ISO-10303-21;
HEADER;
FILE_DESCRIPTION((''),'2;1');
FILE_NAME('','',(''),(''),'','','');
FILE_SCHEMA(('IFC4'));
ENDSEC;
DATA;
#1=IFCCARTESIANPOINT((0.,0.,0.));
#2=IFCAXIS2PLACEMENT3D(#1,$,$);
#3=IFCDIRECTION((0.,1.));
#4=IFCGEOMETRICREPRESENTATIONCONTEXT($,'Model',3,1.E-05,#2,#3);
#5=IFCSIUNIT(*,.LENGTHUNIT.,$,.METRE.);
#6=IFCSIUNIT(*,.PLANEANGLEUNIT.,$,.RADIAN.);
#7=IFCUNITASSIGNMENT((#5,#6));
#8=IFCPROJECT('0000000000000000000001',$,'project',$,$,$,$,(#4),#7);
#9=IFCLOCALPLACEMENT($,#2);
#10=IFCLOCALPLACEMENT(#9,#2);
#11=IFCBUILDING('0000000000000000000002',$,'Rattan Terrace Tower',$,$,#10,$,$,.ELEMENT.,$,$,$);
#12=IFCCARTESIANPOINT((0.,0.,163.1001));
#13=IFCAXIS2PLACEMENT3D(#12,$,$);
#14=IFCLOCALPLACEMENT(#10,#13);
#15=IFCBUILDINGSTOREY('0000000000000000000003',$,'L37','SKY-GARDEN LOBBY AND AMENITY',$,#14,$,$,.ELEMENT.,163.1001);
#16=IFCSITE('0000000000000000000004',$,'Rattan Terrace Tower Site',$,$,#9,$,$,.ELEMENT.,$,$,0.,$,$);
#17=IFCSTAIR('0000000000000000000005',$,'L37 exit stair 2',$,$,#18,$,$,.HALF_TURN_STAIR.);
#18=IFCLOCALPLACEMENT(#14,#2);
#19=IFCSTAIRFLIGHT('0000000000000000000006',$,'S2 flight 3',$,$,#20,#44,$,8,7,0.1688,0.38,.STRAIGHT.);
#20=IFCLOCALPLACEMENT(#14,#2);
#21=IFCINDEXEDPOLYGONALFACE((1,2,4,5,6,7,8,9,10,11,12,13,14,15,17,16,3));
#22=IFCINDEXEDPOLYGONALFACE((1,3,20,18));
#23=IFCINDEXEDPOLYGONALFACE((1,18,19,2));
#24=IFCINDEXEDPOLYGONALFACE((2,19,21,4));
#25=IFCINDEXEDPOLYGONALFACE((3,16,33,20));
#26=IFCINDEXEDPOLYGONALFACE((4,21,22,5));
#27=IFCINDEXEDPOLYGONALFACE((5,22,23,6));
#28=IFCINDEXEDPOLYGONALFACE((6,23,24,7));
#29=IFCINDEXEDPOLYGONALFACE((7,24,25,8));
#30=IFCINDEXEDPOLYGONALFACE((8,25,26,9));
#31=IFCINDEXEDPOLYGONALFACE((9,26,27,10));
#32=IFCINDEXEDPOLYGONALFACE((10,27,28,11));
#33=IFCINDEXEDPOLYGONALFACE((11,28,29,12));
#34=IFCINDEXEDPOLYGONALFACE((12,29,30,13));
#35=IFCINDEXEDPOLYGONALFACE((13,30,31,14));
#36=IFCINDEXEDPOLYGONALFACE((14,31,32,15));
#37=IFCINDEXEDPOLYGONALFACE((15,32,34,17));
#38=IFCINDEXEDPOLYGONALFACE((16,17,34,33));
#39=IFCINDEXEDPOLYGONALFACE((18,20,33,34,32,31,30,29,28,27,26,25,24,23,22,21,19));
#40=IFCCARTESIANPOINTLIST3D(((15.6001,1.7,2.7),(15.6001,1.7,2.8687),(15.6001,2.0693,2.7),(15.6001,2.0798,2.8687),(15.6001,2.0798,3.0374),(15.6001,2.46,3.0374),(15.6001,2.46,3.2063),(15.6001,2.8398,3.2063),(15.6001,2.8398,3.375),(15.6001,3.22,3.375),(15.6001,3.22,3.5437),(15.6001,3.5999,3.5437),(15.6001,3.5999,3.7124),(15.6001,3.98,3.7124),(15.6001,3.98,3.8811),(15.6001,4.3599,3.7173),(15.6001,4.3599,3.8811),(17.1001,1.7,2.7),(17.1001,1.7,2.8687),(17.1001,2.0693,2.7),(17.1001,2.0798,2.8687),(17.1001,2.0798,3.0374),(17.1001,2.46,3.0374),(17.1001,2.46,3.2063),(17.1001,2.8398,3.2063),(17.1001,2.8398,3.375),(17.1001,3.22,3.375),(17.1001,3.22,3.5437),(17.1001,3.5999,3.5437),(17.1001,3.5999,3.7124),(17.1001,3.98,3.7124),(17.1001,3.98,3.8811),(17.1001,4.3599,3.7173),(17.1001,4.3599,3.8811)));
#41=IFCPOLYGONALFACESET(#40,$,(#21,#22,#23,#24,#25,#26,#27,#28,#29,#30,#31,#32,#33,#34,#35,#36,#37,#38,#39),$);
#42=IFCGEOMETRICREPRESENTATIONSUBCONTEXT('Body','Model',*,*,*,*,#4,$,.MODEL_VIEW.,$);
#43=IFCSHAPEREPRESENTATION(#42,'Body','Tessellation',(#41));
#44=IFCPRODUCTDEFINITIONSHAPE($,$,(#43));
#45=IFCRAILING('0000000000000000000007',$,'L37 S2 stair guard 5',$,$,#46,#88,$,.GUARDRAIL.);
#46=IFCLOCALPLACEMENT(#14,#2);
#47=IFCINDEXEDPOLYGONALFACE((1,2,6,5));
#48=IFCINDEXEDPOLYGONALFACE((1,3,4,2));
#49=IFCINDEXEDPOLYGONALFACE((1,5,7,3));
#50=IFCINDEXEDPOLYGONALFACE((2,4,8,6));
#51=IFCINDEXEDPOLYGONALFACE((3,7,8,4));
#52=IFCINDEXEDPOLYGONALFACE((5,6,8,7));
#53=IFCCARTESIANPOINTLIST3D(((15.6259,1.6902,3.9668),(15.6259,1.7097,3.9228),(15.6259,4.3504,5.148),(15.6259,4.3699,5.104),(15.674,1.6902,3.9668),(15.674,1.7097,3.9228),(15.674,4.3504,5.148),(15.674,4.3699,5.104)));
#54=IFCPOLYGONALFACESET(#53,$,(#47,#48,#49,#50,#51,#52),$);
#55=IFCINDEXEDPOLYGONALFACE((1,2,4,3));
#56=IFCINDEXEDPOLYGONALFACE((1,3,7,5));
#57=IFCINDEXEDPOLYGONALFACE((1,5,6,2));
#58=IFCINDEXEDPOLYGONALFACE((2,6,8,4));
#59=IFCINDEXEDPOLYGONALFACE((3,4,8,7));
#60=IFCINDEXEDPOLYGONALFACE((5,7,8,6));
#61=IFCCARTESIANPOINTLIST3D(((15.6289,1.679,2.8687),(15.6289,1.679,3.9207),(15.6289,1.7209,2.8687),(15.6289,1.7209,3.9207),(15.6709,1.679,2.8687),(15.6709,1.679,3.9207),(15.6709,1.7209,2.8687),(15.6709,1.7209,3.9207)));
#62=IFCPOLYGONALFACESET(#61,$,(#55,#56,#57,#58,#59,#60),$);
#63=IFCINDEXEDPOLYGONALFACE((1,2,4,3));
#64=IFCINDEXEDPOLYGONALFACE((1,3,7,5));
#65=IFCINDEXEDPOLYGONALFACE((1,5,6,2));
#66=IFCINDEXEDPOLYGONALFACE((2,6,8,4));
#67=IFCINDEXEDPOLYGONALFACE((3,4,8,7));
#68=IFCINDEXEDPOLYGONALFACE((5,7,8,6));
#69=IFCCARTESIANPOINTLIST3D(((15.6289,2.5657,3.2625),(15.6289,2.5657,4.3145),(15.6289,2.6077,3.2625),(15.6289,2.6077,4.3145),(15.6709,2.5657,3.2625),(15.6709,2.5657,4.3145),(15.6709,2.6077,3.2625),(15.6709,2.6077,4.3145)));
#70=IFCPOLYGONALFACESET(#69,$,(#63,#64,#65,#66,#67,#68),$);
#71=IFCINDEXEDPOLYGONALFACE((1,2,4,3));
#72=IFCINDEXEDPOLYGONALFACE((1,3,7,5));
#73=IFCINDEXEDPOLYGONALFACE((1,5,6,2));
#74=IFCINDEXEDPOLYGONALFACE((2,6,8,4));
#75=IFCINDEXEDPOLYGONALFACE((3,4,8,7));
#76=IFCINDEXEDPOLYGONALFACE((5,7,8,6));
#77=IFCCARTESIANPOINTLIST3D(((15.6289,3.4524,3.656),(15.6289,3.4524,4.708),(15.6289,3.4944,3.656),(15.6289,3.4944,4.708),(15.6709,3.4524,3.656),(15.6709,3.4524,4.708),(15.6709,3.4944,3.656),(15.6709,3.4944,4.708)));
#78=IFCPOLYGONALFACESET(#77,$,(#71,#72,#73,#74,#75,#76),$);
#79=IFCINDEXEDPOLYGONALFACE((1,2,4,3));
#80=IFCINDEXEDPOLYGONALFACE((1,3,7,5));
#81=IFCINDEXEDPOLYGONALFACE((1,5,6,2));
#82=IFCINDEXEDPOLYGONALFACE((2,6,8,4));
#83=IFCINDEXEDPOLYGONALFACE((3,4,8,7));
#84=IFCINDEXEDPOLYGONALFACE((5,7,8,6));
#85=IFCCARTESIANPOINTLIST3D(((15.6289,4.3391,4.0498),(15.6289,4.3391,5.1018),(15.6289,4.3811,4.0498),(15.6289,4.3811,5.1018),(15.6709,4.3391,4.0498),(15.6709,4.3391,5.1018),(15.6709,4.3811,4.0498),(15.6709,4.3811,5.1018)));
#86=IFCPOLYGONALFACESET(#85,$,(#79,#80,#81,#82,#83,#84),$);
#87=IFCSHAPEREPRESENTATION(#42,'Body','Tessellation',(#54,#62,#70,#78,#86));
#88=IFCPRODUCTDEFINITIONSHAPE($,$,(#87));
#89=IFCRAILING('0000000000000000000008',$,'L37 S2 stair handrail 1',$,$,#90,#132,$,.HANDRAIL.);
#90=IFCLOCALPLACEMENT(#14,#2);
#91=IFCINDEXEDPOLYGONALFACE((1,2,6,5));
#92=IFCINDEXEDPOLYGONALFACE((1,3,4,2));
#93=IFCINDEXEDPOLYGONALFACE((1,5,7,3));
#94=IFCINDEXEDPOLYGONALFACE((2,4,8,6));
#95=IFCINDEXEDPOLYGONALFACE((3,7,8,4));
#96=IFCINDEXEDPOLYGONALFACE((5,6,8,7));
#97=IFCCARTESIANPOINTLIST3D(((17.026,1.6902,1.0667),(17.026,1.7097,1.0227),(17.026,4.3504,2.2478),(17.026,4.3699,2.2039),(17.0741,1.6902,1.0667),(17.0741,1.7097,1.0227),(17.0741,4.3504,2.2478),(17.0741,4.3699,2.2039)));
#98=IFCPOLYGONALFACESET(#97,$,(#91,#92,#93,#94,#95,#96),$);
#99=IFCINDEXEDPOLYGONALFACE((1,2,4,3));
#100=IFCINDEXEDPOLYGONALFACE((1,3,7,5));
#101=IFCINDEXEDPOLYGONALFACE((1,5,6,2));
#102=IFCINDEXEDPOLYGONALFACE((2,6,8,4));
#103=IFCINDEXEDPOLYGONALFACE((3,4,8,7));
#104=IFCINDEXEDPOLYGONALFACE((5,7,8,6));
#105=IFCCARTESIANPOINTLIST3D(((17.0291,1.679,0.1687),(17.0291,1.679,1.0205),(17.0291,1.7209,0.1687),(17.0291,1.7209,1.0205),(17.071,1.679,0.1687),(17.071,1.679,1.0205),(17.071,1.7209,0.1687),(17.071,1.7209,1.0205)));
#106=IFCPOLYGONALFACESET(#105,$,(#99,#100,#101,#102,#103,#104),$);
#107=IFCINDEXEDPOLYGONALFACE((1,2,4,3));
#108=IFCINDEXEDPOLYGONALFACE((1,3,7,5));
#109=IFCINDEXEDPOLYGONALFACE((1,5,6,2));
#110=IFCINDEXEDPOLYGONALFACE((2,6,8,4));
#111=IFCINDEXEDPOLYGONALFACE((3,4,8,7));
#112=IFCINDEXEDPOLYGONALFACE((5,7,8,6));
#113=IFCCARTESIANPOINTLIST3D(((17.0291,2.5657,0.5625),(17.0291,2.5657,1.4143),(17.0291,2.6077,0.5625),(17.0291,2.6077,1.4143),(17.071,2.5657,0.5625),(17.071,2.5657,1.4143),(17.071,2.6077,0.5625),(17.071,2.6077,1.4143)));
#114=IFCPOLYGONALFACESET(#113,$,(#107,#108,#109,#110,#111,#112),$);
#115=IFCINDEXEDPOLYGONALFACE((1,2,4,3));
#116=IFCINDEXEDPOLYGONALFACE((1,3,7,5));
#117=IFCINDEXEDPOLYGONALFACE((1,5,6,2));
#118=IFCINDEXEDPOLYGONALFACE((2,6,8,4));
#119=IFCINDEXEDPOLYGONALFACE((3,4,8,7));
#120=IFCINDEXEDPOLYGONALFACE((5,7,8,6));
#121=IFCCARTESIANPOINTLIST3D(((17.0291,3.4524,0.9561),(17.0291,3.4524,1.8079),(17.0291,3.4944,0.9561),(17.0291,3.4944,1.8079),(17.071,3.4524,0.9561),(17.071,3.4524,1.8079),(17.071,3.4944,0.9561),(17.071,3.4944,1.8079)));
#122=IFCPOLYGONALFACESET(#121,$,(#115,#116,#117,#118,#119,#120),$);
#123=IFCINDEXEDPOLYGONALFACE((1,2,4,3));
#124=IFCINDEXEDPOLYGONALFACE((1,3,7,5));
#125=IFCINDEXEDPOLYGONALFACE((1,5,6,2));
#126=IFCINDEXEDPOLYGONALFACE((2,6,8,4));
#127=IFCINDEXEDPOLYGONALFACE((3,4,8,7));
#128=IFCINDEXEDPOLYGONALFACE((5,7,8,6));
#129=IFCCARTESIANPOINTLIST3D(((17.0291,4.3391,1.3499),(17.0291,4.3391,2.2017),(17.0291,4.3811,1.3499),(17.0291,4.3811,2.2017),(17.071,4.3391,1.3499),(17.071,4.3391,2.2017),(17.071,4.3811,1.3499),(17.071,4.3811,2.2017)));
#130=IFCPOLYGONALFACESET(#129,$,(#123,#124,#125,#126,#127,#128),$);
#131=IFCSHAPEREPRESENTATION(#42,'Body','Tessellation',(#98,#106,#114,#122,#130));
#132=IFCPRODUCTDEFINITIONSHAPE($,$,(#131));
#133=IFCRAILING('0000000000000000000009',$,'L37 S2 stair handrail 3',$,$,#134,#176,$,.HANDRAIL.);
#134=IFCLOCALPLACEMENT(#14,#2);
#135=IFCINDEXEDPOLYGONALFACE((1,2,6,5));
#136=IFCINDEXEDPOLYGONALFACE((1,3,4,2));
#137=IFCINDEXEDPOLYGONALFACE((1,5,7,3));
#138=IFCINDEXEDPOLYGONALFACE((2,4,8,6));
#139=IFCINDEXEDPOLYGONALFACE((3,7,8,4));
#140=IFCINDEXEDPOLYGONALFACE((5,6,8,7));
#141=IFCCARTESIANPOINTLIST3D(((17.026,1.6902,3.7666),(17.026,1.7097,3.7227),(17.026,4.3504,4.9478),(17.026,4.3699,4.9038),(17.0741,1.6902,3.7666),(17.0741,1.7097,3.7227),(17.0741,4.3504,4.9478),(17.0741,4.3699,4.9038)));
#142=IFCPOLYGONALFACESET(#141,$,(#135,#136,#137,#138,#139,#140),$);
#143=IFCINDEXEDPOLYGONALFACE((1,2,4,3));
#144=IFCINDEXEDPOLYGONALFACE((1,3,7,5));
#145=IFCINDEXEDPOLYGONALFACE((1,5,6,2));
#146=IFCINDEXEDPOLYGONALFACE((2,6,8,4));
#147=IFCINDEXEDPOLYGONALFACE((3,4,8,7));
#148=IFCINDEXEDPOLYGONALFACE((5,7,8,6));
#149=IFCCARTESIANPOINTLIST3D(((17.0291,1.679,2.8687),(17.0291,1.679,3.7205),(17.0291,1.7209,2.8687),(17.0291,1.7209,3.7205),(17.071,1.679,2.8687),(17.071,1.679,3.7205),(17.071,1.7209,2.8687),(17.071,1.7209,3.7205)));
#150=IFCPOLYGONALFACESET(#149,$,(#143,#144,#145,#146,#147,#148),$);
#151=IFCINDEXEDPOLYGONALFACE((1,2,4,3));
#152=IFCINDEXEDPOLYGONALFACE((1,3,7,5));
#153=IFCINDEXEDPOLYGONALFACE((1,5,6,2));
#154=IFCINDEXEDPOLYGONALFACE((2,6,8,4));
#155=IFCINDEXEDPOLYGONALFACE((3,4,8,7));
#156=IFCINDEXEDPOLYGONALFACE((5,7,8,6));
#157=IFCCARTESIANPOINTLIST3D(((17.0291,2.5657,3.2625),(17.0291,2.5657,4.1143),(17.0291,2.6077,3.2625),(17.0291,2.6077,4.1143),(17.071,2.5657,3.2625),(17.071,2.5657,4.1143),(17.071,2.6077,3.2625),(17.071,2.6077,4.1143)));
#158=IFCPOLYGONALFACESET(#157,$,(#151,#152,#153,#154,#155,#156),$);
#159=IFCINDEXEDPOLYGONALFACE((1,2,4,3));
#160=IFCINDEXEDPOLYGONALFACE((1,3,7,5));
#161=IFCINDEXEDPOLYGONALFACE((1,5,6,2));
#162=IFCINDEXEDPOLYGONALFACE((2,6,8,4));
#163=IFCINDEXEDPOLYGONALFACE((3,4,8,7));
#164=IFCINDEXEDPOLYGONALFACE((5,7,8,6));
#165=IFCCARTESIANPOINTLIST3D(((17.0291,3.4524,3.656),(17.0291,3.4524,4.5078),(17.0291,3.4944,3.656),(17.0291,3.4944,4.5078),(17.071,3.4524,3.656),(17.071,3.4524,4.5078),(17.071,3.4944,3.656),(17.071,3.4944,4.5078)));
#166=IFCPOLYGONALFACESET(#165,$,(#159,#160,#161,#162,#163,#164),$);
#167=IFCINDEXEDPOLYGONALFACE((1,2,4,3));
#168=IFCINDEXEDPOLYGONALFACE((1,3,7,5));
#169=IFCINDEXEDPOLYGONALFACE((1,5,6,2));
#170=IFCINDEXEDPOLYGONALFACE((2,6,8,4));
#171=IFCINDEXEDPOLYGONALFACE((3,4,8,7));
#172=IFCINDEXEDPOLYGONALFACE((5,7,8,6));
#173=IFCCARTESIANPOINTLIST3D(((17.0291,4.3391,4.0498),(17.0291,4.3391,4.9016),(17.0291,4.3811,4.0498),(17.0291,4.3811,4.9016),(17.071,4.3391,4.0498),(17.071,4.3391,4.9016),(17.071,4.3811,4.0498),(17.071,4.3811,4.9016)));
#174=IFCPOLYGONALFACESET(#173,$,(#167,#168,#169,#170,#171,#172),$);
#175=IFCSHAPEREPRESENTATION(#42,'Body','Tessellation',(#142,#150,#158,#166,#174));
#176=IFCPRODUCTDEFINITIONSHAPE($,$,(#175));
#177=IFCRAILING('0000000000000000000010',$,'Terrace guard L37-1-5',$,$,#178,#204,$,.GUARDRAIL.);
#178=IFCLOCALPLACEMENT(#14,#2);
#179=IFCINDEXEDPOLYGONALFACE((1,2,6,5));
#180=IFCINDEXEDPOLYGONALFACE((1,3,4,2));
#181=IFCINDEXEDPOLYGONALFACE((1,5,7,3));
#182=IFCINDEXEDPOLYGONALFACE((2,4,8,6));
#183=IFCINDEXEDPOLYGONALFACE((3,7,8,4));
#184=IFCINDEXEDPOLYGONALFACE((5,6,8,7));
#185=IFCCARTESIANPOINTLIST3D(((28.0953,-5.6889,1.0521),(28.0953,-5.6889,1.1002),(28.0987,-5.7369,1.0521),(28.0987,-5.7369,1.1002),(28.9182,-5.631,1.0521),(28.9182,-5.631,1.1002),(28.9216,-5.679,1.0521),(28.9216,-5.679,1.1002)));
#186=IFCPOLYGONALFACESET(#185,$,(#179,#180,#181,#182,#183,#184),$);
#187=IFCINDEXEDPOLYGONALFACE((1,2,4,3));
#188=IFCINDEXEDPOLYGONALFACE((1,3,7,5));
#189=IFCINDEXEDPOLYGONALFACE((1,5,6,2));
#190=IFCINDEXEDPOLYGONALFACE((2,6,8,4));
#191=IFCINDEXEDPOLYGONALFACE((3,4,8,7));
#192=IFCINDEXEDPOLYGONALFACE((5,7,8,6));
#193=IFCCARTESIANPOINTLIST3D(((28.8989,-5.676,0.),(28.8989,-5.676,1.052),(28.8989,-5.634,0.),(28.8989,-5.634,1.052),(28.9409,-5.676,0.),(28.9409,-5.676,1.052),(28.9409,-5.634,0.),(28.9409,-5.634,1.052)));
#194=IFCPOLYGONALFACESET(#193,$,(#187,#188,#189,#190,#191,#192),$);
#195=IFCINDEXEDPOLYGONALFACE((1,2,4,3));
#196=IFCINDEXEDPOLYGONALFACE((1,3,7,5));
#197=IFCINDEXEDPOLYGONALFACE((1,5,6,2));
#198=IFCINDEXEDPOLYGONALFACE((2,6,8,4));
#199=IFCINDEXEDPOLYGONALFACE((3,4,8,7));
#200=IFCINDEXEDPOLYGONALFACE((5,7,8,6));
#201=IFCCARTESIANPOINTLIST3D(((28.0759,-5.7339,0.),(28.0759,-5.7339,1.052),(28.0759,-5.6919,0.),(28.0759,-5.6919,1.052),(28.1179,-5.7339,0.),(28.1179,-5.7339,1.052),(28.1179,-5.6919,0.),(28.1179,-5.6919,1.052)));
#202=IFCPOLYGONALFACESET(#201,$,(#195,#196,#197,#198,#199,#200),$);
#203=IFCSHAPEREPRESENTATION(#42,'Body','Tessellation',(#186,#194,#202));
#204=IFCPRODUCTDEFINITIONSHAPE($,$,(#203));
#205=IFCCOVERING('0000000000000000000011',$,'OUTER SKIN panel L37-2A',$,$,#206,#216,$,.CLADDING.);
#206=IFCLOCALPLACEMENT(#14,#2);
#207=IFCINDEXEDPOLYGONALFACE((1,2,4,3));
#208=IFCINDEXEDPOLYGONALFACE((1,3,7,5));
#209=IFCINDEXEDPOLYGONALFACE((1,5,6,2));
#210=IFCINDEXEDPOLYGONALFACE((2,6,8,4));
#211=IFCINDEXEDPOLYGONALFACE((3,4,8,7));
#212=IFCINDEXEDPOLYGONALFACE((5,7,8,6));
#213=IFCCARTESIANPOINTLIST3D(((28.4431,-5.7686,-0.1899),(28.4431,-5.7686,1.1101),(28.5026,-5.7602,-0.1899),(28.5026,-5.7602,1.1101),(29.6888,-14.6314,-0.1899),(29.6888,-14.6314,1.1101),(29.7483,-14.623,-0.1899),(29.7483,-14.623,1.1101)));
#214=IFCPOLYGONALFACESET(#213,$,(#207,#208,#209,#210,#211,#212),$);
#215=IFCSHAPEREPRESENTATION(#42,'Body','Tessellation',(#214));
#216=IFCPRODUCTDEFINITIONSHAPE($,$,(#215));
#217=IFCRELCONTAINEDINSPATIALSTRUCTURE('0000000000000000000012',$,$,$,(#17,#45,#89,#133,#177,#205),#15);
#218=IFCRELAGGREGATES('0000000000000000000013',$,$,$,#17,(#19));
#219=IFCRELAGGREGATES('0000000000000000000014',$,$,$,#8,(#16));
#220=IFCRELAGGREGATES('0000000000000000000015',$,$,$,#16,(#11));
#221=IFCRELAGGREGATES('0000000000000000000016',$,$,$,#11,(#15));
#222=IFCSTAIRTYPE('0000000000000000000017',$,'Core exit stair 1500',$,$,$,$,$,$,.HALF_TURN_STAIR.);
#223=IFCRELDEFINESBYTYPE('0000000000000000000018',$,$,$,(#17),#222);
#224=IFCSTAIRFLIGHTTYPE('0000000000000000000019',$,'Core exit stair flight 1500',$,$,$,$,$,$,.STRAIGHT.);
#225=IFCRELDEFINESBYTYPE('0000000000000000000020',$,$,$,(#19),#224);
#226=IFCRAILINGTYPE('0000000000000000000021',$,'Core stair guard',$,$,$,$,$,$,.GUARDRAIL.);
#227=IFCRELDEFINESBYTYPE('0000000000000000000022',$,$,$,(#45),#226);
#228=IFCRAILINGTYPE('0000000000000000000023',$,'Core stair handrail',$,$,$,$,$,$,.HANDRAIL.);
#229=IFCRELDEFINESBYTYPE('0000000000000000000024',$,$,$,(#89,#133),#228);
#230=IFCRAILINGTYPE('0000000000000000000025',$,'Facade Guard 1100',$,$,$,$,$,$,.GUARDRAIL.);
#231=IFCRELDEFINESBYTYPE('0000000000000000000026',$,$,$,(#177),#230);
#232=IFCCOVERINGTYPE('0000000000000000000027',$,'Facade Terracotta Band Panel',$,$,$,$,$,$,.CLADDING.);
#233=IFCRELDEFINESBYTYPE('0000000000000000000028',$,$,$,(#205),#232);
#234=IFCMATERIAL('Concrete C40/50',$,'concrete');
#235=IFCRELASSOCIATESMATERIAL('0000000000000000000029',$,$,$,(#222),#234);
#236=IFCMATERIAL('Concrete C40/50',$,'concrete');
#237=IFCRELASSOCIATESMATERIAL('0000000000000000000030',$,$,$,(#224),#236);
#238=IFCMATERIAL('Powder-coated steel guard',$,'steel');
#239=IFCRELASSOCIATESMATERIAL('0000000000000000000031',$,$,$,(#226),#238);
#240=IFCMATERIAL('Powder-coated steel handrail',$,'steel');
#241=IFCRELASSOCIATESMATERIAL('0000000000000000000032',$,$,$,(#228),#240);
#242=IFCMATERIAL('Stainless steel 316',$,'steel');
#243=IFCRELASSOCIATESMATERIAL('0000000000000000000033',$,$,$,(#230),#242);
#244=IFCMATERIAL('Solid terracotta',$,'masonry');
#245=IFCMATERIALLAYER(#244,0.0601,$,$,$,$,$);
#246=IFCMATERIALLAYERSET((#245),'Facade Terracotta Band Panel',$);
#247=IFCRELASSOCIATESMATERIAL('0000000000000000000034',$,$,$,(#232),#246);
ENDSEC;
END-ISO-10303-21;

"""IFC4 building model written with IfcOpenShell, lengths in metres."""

from ifc_helpers import new_model, si_unit, direction, frame, origin, origin_2d, place, context, subcontext, project, spatial, polyline, rectangle, outline, extrude, material, layer, layer_set, type_object, element, aggregate, save


model = new_model("IFC4")

# Units and contexts
model_context = context("Model", 3, precision=1e-05, world=origin(), true_north=direction((0.0, 1.0)))
body_context = subcontext(model_context, "Body", "Model", "MODEL_VIEW")
ifc_project = project(units=[si_unit("LENGTHUNIT", "METRE"), si_unit("PLANEANGLEUNIT", "RADIAN")], contexts=[model_context])

# Site, building, storey
site_placement = place(None, origin())
site = spatial("IfcSite", under=ifc_project, at=site_placement, Name="Rattan Terrace Tower Site", CompositionType="ELEMENT", RefElevation=0.0)
building_placement = place(site_placement, origin())
building = spatial("IfcBuilding", under=site, at=building_placement, Name="Rattan Terrace Tower", CompositionType="ELEMENT")
storey_placement = place(building_placement, frame((0.0, 0.0, 163.1001)))
storey = spatial("IfcBuildingStorey", under=building, at=storey_placement, Name="L37", Description="SKY-GARDEN LOBBY AND AMENITY", CompositionType="ELEMENT", Elevation=163.1001)

# Stair, stair flight
ifc_material_1 = material(Name="Concrete C40/50", Category="concrete")
stair_type = type_object("IfcStairType", Name="Core exit stair 1500", PredefinedType="HALF_TURN_STAIR", material=ifc_material_1)
stair_placement = place(storey_placement, origin())
stair = element("IfcStair", 1, at=stair_placement, inside=storey, type_object=stair_type, Name="L37 exit stair 2", PredefinedType="HALF_TURN_STAIR")
ifc_material_2 = material(Name="Concrete C40/50", Category="concrete")
stair_flight_type = type_object("IfcStairFlightType", Name="Core exit stair flight 1500", PredefinedType="STRAIGHT", material=ifc_material_2)
stair_flight_1_placement = place(storey_placement, frame((16.3501, 1.7, 2.7), z_axis=(0.0, 0.0, 1.0), x_axis=(0.0, 1.0, 0.0)))
stair_flight_1 = element("IfcStairFlight", 2, at=stair_flight_1_placement, type_object=stair_flight_type, Name="S2 flight 3", NumberOfRisers=8, NumberOfTreads=7, PredefinedType="STRAIGHT", RiserHeight=0.1688, TreadLength=0.38, context=body_context, shape_type="SweptSolid", body=[
    extrude(outline(polyline([(0.0, 0.0), (0.0, 0.1687), (0.3799, 0.1687), (0.3799, 0.3374), (0.76, 0.3374), (0.76, 0.5063), (1.1399, 0.5063), (1.1399, 0.675), (1.52, 0.675), (1.52, 0.8438), (1.8999, 0.8438), (1.8999, 1.0125), (2.28, 1.0125), (2.28, 1.1812), (2.6599, 1.1812), (2.6599, 1.3501), (2.6599, 1.0173), (0.3694, 0.0), (0.0, 0.0)])), frame((0.0, 0.75, 0.0), z_axis=(0.0, -1.0, 0.0), x_axis=(1.0, 0.0, 0.0)), (0.0, 0.0, 1.0), 1.5),
])
aggregate(stair, [stair_flight_1])

# Railings
ifc_material_3 = material(Name="Powder-coated steel guard", Category="steel")
railing_type_1 = type_object("IfcRailingType", Name="Core stair guard", PredefinedType="GUARDRAIL", material=ifc_material_3)
railing_1_placement = place(storey_placement, frame((15.6499, 1.7, 2.8687)))
element("IfcRailing", 3, at=railing_1_placement, inside=storey, type_object=railing_type_1, Name="L37 S2 stair guard 5", PredefinedType="GUARDRAIL", context=body_context, shape_type="SweptSolid", body=[
    extrude(rectangle(XDim=0.0481, YDim=0.0481, at=origin_2d()), frame((0.0, 0.0, 1.0762), z_axis=(0.0, 0.913957, 0.405812), x_axis=(-1.0, 0.0, 0.0)), (0.0, 0.0, 1.0), 2.9106),
    extrude(rectangle(XDim=0.042, YDim=0.042, at=origin_2d()), origin(), (0.0, 0.0, 1.0), 1.052),
    extrude(rectangle(XDim=0.042, YDim=0.042, at=origin_2d()), frame((0.0, 0.8867, 0.3938)), (0.0, 0.0, 1.0), 1.052),
    extrude(rectangle(XDim=0.042, YDim=0.042, at=origin_2d()), frame((0.0, 1.7734, 0.7874)), (0.0, 0.0, 1.0), 1.052),
    extrude(rectangle(XDim=0.042, YDim=0.042, at=origin_2d()), frame((0.0, 2.6602, 1.1812)), (0.0, 0.0, 1.0), 1.052),
])
ifc_material_4 = material(Name="Powder-coated steel handrail", Category="steel")
railing_type_2 = type_object("IfcRailingType", Name="Core stair handrail", PredefinedType="HANDRAIL", material=ifc_material_4)
for number, where, name in (
    (4, (17.05, 1.7, 0.1687), "L37 S2 stair handrail 1"),
    (5, (17.05, 1.7, 2.8687), "L37 S2 stair handrail 3"),
):
    element("IfcRailing", number, at=place(storey_placement, frame(where)), inside=storey, type_object=railing_type_2, Name=name, PredefinedType="HANDRAIL", context=body_context, shape_type="SweptSolid", body=[
        extrude(rectangle(XDim=0.0481, YDim=0.0481, at=origin_2d()), frame((0.0, 0.0, 0.876), z_axis=(0.0, 0.913957, 0.405812), x_axis=(-1.0, 0.0, 0.0)), (0.0, 0.0, 1.0), 2.9106),
        extrude(rectangle(XDim=0.042, YDim=0.042, at=origin_2d()), origin(), (0.0, 0.0, 1.0), 0.8518),
        extrude(rectangle(XDim=0.042, YDim=0.042, at=origin_2d()), frame((0.0, 0.8867, 0.3938)), (0.0, 0.0, 1.0), 0.8518),
        extrude(rectangle(XDim=0.042, YDim=0.042, at=origin_2d()), frame((0.0, 1.7734, 0.7874)), (0.0, 0.0, 1.0), 0.8518),
        extrude(rectangle(XDim=0.042, YDim=0.042, at=origin_2d()), frame((0.0, 2.6602, 1.1812)), (0.0, 0.0, 1.0), 0.8518),
    ])
ifc_material_5 = material(Name="Stainless steel 316", Category="steel")
railing_type_3 = type_object("IfcRailingType", Name="Facade Guard 1100", PredefinedType="GUARDRAIL", material=ifc_material_5)
railing_2_placement = place(storey_placement, frame((28.9199, -5.655, 0.0)))
element("IfcRailing", 6, at=railing_2_placement, inside=storey, type_object=railing_type_3, Name="Terrace guard L37-1-5", PredefinedType="GUARDRAIL", context=body_context, shape_type="SweptSolid", body=[
    extrude(rectangle(XDim=0.0481, YDim=0.0481, at=origin_2d()), frame((0.0, 0.0, 1.0762), z_axis=(-0.997538, -0.070132, 0.0), x_axis=(0.070132, -0.997538, 0.0)), (0.0, 0.0, 1.0), 0.825),
    extrude(rectangle(XDim=0.042, YDim=0.042, at=origin_2d()), origin(), (0.0, 0.0, 1.0), 1.052),
    extrude(rectangle(XDim=0.042, YDim=0.042, at=origin_2d()), frame((-0.823, -0.0579, 0.0)), (0.0, 0.0, 1.0), 1.052),
])

# Covering
ifc_material_6 = material(Name="Solid terracotta", Category="masonry")
ifc_layer_1 = layer(ifc_material_6, 0.0601)
ifc_layer_set_1 = layer_set([ifc_layer_1], Name="Facade Terracotta Band Panel")
covering_type_1 = type_object("IfcCoveringType", Name="Facade Terracotta Band Panel", PredefinedType="CLADDING", material=ifc_layer_set_1)
covering_1_placement = place(storey_placement, frame((29.0957, -10.1958, -0.1899), z_axis=(0.0, 0.0, 1.0), x_axis=(-0.139191, 0.990266, 0.0)))
element("IfcCovering", 7, at=covering_1_placement, inside=storey, type_object=covering_type_1, Name="OUTER SKIN panel L37-2A", PredefinedType="CLADDING", context=body_context, shape_type="SweptSolid", body=[
    extrude(rectangle(XDim=8.95, YDim=0.0601, at=origin_2d()), origin(), (0.0, 0.0, 1.0), 1.3),
])

save(model, "model.ifc")
